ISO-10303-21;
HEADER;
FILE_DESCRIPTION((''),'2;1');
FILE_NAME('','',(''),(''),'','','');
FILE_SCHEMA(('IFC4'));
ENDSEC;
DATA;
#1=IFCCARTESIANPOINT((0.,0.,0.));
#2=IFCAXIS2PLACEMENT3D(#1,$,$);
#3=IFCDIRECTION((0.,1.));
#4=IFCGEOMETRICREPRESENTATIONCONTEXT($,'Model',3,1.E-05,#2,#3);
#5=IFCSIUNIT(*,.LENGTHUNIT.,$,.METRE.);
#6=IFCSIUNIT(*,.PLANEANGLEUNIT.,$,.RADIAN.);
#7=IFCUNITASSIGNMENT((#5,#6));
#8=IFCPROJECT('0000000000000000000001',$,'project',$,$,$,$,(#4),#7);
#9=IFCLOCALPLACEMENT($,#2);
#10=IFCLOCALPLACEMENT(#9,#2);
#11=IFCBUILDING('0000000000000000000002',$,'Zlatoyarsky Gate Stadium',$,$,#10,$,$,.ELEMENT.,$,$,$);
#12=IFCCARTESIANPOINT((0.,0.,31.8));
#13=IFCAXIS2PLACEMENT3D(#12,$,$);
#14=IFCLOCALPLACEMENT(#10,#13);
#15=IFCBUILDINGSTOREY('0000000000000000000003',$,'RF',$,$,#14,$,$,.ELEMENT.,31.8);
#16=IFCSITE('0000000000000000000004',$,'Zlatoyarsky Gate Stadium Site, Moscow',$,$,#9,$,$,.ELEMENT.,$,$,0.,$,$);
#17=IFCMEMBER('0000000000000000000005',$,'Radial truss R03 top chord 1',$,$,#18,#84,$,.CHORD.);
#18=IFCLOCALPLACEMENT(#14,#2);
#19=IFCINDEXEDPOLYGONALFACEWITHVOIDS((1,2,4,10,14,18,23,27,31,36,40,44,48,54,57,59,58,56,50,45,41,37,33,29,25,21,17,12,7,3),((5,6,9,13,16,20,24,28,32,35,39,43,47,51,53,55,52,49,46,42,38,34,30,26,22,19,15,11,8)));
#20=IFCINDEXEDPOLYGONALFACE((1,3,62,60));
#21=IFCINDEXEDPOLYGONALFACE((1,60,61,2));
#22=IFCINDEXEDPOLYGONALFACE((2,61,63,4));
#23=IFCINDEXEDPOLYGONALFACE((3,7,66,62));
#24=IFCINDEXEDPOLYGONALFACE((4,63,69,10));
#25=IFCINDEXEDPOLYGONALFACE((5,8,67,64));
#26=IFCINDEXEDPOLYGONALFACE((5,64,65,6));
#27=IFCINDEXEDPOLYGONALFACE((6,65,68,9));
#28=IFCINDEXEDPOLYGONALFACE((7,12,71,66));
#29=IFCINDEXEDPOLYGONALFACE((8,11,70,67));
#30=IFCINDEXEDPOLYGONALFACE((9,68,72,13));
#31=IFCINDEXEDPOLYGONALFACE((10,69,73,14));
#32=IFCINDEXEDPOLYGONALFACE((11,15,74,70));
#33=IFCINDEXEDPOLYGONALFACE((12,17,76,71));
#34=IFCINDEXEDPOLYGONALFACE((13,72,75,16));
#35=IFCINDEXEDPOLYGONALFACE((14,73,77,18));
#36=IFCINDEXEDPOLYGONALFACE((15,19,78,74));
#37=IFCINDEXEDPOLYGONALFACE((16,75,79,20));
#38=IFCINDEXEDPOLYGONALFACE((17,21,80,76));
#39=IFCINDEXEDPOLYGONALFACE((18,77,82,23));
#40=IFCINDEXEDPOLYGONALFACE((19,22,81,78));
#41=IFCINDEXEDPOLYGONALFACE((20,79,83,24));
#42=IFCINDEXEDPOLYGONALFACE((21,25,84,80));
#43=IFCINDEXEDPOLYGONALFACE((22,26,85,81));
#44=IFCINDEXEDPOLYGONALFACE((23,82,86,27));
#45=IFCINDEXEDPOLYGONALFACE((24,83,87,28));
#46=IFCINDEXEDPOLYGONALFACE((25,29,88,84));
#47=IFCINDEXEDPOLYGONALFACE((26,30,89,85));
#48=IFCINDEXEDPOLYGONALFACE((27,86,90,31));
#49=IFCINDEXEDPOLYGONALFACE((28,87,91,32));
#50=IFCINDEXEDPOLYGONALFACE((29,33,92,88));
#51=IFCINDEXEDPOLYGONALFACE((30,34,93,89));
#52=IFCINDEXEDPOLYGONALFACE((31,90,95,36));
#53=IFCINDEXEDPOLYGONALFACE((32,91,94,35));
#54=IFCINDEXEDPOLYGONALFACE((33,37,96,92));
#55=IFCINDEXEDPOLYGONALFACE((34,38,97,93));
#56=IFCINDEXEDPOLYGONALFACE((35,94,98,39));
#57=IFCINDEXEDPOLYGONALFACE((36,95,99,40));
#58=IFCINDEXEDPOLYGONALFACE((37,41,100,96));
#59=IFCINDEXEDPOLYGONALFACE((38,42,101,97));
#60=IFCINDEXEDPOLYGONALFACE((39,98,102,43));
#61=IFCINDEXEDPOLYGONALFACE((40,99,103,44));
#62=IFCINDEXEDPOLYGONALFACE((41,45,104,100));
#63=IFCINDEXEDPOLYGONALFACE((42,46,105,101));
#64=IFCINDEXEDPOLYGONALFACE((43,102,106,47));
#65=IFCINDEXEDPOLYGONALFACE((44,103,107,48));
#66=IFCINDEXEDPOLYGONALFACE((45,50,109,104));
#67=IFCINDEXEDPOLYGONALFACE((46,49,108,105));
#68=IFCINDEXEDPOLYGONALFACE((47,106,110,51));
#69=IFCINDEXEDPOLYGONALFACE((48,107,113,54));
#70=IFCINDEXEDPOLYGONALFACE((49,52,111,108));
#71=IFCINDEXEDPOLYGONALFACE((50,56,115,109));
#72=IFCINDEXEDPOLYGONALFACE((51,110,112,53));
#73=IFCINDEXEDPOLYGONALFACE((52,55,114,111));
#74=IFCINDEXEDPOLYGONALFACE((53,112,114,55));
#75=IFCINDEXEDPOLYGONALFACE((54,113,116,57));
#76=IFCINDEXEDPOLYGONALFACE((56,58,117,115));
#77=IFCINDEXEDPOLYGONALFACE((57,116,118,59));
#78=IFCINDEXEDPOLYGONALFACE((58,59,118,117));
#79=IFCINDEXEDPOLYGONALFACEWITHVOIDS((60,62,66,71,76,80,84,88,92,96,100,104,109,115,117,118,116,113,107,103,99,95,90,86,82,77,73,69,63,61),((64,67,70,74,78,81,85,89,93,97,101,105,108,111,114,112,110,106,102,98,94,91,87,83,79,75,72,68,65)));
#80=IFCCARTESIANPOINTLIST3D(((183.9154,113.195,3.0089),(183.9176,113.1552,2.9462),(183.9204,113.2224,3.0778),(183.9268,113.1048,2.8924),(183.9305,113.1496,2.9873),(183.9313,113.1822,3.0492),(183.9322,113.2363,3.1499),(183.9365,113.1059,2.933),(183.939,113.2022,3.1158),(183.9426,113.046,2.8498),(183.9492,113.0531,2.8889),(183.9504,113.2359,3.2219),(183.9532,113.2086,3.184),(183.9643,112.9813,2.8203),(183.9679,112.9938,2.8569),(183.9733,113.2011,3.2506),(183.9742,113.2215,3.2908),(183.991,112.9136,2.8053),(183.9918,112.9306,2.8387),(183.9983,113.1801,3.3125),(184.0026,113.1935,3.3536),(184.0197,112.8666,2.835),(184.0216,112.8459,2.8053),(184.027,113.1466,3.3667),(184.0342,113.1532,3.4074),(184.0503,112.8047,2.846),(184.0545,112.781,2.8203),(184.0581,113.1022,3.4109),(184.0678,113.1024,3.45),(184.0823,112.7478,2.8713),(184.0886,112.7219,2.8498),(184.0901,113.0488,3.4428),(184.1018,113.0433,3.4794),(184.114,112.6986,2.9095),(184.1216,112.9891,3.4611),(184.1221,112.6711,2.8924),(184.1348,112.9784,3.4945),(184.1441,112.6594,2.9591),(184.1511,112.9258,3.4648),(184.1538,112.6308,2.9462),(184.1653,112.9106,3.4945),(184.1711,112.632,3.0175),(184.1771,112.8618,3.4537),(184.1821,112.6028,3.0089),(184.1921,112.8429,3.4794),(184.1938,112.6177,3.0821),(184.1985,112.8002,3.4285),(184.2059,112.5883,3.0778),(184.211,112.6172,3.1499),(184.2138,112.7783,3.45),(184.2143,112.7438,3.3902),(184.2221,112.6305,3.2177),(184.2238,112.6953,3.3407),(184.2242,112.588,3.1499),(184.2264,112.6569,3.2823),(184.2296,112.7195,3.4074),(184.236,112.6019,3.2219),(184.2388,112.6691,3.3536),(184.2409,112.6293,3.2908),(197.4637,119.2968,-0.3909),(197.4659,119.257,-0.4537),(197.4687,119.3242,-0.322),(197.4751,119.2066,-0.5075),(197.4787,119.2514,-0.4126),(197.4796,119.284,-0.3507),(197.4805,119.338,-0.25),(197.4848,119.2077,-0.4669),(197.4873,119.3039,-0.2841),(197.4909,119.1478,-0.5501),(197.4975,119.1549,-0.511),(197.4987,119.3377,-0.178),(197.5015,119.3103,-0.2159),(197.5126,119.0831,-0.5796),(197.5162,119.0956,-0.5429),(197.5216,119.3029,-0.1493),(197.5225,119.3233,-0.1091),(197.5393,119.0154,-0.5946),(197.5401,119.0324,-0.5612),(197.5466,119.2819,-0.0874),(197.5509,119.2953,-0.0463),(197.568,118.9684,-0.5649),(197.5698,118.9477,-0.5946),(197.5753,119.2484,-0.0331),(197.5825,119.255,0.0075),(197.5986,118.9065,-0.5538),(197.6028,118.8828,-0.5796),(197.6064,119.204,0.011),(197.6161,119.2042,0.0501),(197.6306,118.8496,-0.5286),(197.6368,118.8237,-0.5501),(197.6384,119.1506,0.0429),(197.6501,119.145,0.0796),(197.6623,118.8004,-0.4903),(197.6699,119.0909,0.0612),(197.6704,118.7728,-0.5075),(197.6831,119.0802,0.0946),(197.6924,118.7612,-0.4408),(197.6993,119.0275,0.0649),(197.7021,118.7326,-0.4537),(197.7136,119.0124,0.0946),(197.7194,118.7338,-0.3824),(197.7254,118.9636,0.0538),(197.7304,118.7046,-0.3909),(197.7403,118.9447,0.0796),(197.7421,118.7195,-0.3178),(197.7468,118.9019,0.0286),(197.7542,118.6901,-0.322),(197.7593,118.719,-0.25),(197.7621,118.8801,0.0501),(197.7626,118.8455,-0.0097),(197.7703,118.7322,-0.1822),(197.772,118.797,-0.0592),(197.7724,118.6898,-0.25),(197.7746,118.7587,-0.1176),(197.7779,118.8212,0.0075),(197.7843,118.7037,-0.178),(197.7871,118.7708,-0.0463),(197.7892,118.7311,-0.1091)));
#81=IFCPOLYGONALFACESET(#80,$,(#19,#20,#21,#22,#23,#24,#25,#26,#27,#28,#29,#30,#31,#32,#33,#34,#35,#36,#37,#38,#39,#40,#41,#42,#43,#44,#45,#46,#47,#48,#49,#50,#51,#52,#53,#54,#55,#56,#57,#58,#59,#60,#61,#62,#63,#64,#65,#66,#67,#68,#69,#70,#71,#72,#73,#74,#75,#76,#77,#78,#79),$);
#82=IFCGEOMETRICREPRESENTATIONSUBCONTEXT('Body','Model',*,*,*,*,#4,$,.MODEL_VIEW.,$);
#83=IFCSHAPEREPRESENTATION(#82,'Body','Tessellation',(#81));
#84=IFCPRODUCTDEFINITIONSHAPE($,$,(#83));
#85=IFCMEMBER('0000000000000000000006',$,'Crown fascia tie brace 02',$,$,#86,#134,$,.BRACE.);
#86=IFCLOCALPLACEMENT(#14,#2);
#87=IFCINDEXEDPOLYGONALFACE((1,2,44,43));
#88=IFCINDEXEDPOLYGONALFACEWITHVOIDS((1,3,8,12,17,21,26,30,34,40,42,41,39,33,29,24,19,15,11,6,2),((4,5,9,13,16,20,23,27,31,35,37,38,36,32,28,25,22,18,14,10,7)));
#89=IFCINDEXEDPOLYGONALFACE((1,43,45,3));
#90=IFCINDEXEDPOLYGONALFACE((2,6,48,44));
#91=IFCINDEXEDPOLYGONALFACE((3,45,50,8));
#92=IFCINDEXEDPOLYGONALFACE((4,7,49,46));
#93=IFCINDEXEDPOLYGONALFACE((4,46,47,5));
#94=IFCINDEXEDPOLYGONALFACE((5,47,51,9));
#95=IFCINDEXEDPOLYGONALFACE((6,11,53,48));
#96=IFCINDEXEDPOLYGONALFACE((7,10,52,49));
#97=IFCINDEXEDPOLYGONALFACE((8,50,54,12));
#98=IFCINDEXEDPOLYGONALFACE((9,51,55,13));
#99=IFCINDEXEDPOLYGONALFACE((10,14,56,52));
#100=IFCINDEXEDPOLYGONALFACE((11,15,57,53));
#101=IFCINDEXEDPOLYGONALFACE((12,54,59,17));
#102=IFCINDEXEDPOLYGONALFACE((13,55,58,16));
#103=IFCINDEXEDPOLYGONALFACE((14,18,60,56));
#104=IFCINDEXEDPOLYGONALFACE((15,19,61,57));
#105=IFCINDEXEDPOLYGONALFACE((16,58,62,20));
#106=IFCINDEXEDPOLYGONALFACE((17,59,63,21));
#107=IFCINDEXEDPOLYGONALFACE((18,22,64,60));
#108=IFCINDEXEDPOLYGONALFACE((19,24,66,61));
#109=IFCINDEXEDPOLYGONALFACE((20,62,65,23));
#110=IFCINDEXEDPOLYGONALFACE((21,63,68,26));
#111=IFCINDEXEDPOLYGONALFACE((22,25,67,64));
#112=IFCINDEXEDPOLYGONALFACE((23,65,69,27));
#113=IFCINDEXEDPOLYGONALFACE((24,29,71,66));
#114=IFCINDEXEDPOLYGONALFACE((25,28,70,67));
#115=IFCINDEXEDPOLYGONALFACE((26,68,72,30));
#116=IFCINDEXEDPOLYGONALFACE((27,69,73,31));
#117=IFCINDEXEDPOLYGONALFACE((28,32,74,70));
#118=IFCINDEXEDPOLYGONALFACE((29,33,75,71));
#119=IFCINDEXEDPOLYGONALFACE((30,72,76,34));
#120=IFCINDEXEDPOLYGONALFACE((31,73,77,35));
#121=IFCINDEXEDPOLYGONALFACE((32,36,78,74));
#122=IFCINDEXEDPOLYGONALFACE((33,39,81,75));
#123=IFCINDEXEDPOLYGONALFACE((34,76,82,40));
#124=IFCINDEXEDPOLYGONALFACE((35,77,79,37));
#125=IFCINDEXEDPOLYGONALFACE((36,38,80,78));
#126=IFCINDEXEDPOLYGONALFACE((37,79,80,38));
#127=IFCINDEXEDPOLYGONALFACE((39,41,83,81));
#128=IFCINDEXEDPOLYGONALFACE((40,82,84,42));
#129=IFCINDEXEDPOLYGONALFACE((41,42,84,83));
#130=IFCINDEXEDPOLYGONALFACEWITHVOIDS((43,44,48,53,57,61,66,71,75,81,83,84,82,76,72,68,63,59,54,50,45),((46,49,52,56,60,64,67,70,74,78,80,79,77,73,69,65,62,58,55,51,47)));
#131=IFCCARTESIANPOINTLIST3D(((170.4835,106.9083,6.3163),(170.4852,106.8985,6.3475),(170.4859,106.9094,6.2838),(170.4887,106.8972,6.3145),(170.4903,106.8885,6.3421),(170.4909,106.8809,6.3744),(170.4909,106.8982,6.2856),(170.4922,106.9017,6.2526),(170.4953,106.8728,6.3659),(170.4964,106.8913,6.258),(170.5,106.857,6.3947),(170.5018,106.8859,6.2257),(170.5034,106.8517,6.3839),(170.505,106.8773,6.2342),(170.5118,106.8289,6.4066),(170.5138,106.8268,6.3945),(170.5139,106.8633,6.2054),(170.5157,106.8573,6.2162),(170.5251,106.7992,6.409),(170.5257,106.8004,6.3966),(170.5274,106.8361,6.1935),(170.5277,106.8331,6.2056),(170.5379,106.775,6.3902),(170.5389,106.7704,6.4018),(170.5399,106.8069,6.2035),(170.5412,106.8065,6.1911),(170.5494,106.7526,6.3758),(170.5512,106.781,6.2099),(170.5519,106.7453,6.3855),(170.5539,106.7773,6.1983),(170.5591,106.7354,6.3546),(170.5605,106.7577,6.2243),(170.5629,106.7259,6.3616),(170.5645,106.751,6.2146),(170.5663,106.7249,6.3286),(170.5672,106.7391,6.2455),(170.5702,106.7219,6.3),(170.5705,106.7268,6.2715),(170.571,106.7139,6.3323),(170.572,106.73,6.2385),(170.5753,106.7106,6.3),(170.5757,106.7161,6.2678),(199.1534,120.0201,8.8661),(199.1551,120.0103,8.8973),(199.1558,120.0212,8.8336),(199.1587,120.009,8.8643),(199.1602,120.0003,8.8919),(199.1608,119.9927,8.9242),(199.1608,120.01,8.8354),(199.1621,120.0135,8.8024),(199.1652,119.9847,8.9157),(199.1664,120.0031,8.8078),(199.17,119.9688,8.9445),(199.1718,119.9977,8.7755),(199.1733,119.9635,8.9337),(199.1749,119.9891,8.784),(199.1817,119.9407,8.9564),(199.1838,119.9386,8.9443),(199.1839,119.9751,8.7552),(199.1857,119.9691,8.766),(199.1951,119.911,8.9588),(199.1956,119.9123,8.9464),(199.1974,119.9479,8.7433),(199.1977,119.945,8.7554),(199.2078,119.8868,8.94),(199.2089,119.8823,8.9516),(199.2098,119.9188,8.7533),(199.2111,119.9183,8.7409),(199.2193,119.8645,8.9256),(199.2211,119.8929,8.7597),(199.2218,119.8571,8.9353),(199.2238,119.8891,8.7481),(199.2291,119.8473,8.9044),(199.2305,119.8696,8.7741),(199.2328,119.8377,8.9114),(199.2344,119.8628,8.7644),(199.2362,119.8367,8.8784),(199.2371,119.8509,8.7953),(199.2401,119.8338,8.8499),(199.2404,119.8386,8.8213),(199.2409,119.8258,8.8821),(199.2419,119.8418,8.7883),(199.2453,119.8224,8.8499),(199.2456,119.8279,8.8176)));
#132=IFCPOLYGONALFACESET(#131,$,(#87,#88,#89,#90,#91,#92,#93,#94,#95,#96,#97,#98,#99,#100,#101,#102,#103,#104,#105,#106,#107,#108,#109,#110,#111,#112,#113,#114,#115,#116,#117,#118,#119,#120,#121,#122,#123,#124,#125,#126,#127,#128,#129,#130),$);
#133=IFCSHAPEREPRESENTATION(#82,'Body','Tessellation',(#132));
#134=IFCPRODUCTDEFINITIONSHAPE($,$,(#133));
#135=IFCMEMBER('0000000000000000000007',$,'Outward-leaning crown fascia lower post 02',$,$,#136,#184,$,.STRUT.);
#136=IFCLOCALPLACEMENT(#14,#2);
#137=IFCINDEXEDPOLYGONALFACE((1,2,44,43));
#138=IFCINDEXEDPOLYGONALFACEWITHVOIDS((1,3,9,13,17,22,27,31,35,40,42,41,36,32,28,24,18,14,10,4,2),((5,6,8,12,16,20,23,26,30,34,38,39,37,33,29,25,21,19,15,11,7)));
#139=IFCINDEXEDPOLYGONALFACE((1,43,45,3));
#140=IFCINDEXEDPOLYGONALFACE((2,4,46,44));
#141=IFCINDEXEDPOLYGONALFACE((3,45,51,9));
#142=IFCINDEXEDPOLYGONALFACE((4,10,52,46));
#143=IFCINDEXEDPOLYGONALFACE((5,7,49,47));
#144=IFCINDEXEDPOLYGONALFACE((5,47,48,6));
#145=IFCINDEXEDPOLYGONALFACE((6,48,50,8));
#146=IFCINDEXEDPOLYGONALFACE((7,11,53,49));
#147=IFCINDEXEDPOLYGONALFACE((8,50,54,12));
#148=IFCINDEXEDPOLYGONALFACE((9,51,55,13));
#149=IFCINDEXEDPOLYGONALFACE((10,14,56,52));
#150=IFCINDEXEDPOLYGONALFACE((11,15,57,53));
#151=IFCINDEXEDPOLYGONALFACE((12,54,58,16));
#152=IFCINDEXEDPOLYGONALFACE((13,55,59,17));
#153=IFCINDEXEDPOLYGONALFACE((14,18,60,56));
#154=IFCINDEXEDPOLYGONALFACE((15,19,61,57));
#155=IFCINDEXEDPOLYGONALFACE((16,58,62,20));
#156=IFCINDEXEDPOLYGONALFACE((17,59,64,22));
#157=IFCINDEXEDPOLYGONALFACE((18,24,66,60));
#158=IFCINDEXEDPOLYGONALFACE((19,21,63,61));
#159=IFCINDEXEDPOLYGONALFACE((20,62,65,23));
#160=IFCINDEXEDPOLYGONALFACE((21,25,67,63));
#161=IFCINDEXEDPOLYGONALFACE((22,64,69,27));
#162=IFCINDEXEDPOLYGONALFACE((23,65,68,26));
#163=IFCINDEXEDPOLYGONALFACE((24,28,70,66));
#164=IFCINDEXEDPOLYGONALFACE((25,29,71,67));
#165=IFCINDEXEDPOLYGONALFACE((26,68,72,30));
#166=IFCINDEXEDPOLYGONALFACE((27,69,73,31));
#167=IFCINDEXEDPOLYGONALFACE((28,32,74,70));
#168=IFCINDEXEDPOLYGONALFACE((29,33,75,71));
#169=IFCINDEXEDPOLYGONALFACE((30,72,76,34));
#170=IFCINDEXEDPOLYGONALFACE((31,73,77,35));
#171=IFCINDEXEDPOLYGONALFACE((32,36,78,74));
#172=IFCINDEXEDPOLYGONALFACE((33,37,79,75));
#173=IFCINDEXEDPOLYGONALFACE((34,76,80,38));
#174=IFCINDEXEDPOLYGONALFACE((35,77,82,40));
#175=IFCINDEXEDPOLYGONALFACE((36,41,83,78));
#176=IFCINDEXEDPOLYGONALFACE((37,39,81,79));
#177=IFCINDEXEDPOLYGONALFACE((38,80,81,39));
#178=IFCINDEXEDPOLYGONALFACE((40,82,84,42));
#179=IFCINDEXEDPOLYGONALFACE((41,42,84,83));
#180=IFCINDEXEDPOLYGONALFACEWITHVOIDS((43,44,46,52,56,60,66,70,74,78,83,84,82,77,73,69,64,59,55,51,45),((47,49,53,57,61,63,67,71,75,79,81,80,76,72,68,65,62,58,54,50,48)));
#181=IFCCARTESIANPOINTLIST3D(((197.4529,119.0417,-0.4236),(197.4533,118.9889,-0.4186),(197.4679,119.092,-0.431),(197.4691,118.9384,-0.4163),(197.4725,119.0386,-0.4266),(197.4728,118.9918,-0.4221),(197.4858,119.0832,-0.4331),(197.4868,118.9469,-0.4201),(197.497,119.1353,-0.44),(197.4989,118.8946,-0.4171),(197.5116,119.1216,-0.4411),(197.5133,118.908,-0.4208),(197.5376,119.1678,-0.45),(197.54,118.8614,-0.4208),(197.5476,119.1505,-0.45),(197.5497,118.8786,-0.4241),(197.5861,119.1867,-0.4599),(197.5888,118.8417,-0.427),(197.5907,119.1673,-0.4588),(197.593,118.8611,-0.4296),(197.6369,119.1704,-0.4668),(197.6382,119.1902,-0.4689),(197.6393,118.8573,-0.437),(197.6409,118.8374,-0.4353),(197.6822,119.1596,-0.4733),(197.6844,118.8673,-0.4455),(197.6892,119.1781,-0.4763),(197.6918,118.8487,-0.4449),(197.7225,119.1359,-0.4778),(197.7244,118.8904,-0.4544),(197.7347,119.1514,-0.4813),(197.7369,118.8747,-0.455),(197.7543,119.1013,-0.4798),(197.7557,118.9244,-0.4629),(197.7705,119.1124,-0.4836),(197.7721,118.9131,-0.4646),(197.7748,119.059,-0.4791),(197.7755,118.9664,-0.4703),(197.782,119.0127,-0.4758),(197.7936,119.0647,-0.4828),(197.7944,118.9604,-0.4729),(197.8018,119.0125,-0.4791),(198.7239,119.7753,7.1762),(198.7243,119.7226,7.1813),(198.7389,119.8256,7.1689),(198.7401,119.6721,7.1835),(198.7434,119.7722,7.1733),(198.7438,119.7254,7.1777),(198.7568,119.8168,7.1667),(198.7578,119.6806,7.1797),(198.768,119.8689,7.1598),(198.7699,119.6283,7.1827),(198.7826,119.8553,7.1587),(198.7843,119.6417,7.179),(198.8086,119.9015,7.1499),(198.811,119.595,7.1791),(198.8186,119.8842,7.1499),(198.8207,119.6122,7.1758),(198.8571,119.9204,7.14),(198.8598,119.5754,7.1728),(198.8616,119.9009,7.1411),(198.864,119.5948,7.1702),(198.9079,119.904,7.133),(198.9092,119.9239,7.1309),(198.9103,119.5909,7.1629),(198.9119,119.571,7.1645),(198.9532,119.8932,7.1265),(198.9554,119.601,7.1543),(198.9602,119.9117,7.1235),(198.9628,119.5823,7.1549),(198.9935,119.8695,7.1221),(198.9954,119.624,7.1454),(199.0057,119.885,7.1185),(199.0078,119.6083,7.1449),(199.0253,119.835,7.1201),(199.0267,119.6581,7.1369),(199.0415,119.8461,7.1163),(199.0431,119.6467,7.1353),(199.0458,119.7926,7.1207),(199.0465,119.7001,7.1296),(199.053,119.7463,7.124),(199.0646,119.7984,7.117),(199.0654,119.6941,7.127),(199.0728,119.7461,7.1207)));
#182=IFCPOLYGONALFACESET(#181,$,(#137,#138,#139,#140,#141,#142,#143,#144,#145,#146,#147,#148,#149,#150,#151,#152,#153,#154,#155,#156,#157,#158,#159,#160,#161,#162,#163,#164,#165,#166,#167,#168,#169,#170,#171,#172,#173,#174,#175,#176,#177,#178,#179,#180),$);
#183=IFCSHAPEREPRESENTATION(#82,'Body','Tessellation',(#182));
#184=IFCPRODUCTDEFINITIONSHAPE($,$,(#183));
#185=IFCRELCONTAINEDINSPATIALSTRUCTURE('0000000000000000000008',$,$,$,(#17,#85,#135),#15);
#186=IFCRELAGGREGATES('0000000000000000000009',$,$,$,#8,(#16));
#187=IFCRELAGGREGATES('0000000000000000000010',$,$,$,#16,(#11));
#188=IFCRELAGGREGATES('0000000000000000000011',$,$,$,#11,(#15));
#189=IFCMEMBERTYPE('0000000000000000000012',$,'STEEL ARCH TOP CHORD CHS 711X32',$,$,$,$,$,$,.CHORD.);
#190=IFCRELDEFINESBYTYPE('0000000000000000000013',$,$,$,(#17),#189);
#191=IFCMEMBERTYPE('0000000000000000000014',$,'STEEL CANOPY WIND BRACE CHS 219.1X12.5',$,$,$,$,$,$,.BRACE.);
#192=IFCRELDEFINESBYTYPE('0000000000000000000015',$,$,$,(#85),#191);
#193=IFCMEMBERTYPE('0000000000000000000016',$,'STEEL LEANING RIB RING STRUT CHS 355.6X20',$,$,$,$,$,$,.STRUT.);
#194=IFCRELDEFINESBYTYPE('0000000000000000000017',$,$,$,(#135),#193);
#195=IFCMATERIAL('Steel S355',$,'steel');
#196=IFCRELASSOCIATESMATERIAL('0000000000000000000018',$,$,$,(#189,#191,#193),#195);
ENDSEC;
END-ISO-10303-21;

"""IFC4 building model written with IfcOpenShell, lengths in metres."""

from ifc_helpers import new_model, si_unit, direction, frame, origin, origin_2d, place, context, subcontext, project, spatial, hollow_circle, extrude, material, material_profile, profile_set, type_object, element, save


model = new_model("IFC4")

# Units and contexts
model_context = context("Model", 3, precision=1e-05, world=origin(), true_north=direction((0.0, 1.0)))
body_context = subcontext(model_context, "Body", "Model", "MODEL_VIEW")
ifc_project = project(units=[si_unit("LENGTHUNIT", "METRE"), si_unit("PLANEANGLEUNIT", "RADIAN")], contexts=[model_context])

# Site, building, storey
site_placement = place(None, origin())
site = spatial("IfcSite", under=ifc_project, at=site_placement, Name="Zlatoyarsky Gate Stadium Site, Moscow", CompositionType="ELEMENT", RefElevation=0.0)
building_placement = place(site_placement, origin())
building = spatial("IfcBuilding", under=site, at=building_placement, Name="Zlatoyarsky Gate Stadium", CompositionType="ELEMENT")
storey_placement = place(building_placement, frame((0.0, 0.0, 31.8)))
storey = spatial("IfcBuildingStorey", under=building, at=storey_placement, Name="RF", CompositionType="ELEMENT", Elevation=31.8)

# Members
ifc_material_1 = material(Name="Steel S355", Category="steel")
ifc_material_profile_1 = material_profile(ifc_material_1, hollow_circle(Radius=0.3555, WallThickness=0.032, at=origin_2d()), Name="CHS 711X32")
ifc_profile_set_1 = profile_set([ifc_material_profile_1], Name="Steel S355")
member_type_1 = type_object("IfcMemberType", Name="STEEL ARCH TOP CHORD CHS 711X32", PredefinedType="CHORD", material=ifc_profile_set_1)
member_1_placement = place(storey_placement, frame((197.6265, 119.0139, -0.25), z_axis=(-0.888824, -0.400302, 0.223047), x_axis=(0.410647, -0.911794, 0.0)))
element("IfcMember", 1, at=member_1_placement, inside=storey, type_object=member_type_1, Name="Radial truss R03 top chord 1", PredefinedType="CHORD", context=body_context, shape_type="SweptSolid", body=[
    extrude(hollow_circle(Radius=0.3555, WallThickness=0.032, at=origin_2d()), origin(), (0.0, 0.0, 1.0), 15.2429),
])
ifc_material_profile_2 = material_profile(ifc_material_1, hollow_circle(Radius=0.1096, WallThickness=0.0125, at=origin_2d()), Name="CHS 219.1X12.5")
ifc_profile_set_2 = profile_set([ifc_material_profile_2], Name="Steel S355")
member_type_2 = type_object("IfcMemberType", Name="STEEL CANOPY WIND BRACE CHS 219.1X12.5", PredefinedType="BRACE", material=ifc_profile_set_2)
member_2_placement = place(storey_placement, frame((199.1997, 119.9221, 8.8499), z_axis=(-0.906448, -0.414552, -0.080616), x_axis=(0.415906, -0.909408, 0.0)))
element("IfcMember", 2, at=member_2_placement, inside=storey, type_object=member_type_2, Name="Crown fascia tie brace 02", PredefinedType="BRACE", context=body_context, shape_type="SweptSolid", body=[
    extrude(hollow_circle(Radius=0.1096, WallThickness=0.0125, at=origin_2d()), origin(), (0.0, 0.0, 1.0), 31.6289),
])
ifc_material_profile_3 = material_profile(ifc_material_1, hollow_circle(Radius=0.1777, WallThickness=0.02, at=origin_2d()), Name="CHS 355.6X20")
ifc_profile_set_3 = profile_set([ifc_material_profile_3], Name="Steel S355")
member_type_3 = type_object("IfcMemberType", Name="STEEL LEANING RIB RING STRUT CHS 355.6X20", PredefinedType="STRUT", material=ifc_profile_set_3)
member_3_placement = place(storey_placement, frame((197.6265, 119.0139, -0.45), z_axis=(0.164206, 0.094783, 0.981862), x_axis=(-0.499914, 0.866075, 0.0)))
element("IfcMember", 3, at=member_3_placement, inside=storey, type_object=member_type_3, Name="Outward-leaning crown fascia lower post 02", PredefinedType="STRUT", context=body_context, shape_type="SweptSolid", body=[
    extrude(hollow_circle(Radius=0.1777, WallThickness=0.02, at=origin_2d()), origin(), (0.0, 0.0, 1.0), 7.7402),
])

save(model, "model.ifc")
